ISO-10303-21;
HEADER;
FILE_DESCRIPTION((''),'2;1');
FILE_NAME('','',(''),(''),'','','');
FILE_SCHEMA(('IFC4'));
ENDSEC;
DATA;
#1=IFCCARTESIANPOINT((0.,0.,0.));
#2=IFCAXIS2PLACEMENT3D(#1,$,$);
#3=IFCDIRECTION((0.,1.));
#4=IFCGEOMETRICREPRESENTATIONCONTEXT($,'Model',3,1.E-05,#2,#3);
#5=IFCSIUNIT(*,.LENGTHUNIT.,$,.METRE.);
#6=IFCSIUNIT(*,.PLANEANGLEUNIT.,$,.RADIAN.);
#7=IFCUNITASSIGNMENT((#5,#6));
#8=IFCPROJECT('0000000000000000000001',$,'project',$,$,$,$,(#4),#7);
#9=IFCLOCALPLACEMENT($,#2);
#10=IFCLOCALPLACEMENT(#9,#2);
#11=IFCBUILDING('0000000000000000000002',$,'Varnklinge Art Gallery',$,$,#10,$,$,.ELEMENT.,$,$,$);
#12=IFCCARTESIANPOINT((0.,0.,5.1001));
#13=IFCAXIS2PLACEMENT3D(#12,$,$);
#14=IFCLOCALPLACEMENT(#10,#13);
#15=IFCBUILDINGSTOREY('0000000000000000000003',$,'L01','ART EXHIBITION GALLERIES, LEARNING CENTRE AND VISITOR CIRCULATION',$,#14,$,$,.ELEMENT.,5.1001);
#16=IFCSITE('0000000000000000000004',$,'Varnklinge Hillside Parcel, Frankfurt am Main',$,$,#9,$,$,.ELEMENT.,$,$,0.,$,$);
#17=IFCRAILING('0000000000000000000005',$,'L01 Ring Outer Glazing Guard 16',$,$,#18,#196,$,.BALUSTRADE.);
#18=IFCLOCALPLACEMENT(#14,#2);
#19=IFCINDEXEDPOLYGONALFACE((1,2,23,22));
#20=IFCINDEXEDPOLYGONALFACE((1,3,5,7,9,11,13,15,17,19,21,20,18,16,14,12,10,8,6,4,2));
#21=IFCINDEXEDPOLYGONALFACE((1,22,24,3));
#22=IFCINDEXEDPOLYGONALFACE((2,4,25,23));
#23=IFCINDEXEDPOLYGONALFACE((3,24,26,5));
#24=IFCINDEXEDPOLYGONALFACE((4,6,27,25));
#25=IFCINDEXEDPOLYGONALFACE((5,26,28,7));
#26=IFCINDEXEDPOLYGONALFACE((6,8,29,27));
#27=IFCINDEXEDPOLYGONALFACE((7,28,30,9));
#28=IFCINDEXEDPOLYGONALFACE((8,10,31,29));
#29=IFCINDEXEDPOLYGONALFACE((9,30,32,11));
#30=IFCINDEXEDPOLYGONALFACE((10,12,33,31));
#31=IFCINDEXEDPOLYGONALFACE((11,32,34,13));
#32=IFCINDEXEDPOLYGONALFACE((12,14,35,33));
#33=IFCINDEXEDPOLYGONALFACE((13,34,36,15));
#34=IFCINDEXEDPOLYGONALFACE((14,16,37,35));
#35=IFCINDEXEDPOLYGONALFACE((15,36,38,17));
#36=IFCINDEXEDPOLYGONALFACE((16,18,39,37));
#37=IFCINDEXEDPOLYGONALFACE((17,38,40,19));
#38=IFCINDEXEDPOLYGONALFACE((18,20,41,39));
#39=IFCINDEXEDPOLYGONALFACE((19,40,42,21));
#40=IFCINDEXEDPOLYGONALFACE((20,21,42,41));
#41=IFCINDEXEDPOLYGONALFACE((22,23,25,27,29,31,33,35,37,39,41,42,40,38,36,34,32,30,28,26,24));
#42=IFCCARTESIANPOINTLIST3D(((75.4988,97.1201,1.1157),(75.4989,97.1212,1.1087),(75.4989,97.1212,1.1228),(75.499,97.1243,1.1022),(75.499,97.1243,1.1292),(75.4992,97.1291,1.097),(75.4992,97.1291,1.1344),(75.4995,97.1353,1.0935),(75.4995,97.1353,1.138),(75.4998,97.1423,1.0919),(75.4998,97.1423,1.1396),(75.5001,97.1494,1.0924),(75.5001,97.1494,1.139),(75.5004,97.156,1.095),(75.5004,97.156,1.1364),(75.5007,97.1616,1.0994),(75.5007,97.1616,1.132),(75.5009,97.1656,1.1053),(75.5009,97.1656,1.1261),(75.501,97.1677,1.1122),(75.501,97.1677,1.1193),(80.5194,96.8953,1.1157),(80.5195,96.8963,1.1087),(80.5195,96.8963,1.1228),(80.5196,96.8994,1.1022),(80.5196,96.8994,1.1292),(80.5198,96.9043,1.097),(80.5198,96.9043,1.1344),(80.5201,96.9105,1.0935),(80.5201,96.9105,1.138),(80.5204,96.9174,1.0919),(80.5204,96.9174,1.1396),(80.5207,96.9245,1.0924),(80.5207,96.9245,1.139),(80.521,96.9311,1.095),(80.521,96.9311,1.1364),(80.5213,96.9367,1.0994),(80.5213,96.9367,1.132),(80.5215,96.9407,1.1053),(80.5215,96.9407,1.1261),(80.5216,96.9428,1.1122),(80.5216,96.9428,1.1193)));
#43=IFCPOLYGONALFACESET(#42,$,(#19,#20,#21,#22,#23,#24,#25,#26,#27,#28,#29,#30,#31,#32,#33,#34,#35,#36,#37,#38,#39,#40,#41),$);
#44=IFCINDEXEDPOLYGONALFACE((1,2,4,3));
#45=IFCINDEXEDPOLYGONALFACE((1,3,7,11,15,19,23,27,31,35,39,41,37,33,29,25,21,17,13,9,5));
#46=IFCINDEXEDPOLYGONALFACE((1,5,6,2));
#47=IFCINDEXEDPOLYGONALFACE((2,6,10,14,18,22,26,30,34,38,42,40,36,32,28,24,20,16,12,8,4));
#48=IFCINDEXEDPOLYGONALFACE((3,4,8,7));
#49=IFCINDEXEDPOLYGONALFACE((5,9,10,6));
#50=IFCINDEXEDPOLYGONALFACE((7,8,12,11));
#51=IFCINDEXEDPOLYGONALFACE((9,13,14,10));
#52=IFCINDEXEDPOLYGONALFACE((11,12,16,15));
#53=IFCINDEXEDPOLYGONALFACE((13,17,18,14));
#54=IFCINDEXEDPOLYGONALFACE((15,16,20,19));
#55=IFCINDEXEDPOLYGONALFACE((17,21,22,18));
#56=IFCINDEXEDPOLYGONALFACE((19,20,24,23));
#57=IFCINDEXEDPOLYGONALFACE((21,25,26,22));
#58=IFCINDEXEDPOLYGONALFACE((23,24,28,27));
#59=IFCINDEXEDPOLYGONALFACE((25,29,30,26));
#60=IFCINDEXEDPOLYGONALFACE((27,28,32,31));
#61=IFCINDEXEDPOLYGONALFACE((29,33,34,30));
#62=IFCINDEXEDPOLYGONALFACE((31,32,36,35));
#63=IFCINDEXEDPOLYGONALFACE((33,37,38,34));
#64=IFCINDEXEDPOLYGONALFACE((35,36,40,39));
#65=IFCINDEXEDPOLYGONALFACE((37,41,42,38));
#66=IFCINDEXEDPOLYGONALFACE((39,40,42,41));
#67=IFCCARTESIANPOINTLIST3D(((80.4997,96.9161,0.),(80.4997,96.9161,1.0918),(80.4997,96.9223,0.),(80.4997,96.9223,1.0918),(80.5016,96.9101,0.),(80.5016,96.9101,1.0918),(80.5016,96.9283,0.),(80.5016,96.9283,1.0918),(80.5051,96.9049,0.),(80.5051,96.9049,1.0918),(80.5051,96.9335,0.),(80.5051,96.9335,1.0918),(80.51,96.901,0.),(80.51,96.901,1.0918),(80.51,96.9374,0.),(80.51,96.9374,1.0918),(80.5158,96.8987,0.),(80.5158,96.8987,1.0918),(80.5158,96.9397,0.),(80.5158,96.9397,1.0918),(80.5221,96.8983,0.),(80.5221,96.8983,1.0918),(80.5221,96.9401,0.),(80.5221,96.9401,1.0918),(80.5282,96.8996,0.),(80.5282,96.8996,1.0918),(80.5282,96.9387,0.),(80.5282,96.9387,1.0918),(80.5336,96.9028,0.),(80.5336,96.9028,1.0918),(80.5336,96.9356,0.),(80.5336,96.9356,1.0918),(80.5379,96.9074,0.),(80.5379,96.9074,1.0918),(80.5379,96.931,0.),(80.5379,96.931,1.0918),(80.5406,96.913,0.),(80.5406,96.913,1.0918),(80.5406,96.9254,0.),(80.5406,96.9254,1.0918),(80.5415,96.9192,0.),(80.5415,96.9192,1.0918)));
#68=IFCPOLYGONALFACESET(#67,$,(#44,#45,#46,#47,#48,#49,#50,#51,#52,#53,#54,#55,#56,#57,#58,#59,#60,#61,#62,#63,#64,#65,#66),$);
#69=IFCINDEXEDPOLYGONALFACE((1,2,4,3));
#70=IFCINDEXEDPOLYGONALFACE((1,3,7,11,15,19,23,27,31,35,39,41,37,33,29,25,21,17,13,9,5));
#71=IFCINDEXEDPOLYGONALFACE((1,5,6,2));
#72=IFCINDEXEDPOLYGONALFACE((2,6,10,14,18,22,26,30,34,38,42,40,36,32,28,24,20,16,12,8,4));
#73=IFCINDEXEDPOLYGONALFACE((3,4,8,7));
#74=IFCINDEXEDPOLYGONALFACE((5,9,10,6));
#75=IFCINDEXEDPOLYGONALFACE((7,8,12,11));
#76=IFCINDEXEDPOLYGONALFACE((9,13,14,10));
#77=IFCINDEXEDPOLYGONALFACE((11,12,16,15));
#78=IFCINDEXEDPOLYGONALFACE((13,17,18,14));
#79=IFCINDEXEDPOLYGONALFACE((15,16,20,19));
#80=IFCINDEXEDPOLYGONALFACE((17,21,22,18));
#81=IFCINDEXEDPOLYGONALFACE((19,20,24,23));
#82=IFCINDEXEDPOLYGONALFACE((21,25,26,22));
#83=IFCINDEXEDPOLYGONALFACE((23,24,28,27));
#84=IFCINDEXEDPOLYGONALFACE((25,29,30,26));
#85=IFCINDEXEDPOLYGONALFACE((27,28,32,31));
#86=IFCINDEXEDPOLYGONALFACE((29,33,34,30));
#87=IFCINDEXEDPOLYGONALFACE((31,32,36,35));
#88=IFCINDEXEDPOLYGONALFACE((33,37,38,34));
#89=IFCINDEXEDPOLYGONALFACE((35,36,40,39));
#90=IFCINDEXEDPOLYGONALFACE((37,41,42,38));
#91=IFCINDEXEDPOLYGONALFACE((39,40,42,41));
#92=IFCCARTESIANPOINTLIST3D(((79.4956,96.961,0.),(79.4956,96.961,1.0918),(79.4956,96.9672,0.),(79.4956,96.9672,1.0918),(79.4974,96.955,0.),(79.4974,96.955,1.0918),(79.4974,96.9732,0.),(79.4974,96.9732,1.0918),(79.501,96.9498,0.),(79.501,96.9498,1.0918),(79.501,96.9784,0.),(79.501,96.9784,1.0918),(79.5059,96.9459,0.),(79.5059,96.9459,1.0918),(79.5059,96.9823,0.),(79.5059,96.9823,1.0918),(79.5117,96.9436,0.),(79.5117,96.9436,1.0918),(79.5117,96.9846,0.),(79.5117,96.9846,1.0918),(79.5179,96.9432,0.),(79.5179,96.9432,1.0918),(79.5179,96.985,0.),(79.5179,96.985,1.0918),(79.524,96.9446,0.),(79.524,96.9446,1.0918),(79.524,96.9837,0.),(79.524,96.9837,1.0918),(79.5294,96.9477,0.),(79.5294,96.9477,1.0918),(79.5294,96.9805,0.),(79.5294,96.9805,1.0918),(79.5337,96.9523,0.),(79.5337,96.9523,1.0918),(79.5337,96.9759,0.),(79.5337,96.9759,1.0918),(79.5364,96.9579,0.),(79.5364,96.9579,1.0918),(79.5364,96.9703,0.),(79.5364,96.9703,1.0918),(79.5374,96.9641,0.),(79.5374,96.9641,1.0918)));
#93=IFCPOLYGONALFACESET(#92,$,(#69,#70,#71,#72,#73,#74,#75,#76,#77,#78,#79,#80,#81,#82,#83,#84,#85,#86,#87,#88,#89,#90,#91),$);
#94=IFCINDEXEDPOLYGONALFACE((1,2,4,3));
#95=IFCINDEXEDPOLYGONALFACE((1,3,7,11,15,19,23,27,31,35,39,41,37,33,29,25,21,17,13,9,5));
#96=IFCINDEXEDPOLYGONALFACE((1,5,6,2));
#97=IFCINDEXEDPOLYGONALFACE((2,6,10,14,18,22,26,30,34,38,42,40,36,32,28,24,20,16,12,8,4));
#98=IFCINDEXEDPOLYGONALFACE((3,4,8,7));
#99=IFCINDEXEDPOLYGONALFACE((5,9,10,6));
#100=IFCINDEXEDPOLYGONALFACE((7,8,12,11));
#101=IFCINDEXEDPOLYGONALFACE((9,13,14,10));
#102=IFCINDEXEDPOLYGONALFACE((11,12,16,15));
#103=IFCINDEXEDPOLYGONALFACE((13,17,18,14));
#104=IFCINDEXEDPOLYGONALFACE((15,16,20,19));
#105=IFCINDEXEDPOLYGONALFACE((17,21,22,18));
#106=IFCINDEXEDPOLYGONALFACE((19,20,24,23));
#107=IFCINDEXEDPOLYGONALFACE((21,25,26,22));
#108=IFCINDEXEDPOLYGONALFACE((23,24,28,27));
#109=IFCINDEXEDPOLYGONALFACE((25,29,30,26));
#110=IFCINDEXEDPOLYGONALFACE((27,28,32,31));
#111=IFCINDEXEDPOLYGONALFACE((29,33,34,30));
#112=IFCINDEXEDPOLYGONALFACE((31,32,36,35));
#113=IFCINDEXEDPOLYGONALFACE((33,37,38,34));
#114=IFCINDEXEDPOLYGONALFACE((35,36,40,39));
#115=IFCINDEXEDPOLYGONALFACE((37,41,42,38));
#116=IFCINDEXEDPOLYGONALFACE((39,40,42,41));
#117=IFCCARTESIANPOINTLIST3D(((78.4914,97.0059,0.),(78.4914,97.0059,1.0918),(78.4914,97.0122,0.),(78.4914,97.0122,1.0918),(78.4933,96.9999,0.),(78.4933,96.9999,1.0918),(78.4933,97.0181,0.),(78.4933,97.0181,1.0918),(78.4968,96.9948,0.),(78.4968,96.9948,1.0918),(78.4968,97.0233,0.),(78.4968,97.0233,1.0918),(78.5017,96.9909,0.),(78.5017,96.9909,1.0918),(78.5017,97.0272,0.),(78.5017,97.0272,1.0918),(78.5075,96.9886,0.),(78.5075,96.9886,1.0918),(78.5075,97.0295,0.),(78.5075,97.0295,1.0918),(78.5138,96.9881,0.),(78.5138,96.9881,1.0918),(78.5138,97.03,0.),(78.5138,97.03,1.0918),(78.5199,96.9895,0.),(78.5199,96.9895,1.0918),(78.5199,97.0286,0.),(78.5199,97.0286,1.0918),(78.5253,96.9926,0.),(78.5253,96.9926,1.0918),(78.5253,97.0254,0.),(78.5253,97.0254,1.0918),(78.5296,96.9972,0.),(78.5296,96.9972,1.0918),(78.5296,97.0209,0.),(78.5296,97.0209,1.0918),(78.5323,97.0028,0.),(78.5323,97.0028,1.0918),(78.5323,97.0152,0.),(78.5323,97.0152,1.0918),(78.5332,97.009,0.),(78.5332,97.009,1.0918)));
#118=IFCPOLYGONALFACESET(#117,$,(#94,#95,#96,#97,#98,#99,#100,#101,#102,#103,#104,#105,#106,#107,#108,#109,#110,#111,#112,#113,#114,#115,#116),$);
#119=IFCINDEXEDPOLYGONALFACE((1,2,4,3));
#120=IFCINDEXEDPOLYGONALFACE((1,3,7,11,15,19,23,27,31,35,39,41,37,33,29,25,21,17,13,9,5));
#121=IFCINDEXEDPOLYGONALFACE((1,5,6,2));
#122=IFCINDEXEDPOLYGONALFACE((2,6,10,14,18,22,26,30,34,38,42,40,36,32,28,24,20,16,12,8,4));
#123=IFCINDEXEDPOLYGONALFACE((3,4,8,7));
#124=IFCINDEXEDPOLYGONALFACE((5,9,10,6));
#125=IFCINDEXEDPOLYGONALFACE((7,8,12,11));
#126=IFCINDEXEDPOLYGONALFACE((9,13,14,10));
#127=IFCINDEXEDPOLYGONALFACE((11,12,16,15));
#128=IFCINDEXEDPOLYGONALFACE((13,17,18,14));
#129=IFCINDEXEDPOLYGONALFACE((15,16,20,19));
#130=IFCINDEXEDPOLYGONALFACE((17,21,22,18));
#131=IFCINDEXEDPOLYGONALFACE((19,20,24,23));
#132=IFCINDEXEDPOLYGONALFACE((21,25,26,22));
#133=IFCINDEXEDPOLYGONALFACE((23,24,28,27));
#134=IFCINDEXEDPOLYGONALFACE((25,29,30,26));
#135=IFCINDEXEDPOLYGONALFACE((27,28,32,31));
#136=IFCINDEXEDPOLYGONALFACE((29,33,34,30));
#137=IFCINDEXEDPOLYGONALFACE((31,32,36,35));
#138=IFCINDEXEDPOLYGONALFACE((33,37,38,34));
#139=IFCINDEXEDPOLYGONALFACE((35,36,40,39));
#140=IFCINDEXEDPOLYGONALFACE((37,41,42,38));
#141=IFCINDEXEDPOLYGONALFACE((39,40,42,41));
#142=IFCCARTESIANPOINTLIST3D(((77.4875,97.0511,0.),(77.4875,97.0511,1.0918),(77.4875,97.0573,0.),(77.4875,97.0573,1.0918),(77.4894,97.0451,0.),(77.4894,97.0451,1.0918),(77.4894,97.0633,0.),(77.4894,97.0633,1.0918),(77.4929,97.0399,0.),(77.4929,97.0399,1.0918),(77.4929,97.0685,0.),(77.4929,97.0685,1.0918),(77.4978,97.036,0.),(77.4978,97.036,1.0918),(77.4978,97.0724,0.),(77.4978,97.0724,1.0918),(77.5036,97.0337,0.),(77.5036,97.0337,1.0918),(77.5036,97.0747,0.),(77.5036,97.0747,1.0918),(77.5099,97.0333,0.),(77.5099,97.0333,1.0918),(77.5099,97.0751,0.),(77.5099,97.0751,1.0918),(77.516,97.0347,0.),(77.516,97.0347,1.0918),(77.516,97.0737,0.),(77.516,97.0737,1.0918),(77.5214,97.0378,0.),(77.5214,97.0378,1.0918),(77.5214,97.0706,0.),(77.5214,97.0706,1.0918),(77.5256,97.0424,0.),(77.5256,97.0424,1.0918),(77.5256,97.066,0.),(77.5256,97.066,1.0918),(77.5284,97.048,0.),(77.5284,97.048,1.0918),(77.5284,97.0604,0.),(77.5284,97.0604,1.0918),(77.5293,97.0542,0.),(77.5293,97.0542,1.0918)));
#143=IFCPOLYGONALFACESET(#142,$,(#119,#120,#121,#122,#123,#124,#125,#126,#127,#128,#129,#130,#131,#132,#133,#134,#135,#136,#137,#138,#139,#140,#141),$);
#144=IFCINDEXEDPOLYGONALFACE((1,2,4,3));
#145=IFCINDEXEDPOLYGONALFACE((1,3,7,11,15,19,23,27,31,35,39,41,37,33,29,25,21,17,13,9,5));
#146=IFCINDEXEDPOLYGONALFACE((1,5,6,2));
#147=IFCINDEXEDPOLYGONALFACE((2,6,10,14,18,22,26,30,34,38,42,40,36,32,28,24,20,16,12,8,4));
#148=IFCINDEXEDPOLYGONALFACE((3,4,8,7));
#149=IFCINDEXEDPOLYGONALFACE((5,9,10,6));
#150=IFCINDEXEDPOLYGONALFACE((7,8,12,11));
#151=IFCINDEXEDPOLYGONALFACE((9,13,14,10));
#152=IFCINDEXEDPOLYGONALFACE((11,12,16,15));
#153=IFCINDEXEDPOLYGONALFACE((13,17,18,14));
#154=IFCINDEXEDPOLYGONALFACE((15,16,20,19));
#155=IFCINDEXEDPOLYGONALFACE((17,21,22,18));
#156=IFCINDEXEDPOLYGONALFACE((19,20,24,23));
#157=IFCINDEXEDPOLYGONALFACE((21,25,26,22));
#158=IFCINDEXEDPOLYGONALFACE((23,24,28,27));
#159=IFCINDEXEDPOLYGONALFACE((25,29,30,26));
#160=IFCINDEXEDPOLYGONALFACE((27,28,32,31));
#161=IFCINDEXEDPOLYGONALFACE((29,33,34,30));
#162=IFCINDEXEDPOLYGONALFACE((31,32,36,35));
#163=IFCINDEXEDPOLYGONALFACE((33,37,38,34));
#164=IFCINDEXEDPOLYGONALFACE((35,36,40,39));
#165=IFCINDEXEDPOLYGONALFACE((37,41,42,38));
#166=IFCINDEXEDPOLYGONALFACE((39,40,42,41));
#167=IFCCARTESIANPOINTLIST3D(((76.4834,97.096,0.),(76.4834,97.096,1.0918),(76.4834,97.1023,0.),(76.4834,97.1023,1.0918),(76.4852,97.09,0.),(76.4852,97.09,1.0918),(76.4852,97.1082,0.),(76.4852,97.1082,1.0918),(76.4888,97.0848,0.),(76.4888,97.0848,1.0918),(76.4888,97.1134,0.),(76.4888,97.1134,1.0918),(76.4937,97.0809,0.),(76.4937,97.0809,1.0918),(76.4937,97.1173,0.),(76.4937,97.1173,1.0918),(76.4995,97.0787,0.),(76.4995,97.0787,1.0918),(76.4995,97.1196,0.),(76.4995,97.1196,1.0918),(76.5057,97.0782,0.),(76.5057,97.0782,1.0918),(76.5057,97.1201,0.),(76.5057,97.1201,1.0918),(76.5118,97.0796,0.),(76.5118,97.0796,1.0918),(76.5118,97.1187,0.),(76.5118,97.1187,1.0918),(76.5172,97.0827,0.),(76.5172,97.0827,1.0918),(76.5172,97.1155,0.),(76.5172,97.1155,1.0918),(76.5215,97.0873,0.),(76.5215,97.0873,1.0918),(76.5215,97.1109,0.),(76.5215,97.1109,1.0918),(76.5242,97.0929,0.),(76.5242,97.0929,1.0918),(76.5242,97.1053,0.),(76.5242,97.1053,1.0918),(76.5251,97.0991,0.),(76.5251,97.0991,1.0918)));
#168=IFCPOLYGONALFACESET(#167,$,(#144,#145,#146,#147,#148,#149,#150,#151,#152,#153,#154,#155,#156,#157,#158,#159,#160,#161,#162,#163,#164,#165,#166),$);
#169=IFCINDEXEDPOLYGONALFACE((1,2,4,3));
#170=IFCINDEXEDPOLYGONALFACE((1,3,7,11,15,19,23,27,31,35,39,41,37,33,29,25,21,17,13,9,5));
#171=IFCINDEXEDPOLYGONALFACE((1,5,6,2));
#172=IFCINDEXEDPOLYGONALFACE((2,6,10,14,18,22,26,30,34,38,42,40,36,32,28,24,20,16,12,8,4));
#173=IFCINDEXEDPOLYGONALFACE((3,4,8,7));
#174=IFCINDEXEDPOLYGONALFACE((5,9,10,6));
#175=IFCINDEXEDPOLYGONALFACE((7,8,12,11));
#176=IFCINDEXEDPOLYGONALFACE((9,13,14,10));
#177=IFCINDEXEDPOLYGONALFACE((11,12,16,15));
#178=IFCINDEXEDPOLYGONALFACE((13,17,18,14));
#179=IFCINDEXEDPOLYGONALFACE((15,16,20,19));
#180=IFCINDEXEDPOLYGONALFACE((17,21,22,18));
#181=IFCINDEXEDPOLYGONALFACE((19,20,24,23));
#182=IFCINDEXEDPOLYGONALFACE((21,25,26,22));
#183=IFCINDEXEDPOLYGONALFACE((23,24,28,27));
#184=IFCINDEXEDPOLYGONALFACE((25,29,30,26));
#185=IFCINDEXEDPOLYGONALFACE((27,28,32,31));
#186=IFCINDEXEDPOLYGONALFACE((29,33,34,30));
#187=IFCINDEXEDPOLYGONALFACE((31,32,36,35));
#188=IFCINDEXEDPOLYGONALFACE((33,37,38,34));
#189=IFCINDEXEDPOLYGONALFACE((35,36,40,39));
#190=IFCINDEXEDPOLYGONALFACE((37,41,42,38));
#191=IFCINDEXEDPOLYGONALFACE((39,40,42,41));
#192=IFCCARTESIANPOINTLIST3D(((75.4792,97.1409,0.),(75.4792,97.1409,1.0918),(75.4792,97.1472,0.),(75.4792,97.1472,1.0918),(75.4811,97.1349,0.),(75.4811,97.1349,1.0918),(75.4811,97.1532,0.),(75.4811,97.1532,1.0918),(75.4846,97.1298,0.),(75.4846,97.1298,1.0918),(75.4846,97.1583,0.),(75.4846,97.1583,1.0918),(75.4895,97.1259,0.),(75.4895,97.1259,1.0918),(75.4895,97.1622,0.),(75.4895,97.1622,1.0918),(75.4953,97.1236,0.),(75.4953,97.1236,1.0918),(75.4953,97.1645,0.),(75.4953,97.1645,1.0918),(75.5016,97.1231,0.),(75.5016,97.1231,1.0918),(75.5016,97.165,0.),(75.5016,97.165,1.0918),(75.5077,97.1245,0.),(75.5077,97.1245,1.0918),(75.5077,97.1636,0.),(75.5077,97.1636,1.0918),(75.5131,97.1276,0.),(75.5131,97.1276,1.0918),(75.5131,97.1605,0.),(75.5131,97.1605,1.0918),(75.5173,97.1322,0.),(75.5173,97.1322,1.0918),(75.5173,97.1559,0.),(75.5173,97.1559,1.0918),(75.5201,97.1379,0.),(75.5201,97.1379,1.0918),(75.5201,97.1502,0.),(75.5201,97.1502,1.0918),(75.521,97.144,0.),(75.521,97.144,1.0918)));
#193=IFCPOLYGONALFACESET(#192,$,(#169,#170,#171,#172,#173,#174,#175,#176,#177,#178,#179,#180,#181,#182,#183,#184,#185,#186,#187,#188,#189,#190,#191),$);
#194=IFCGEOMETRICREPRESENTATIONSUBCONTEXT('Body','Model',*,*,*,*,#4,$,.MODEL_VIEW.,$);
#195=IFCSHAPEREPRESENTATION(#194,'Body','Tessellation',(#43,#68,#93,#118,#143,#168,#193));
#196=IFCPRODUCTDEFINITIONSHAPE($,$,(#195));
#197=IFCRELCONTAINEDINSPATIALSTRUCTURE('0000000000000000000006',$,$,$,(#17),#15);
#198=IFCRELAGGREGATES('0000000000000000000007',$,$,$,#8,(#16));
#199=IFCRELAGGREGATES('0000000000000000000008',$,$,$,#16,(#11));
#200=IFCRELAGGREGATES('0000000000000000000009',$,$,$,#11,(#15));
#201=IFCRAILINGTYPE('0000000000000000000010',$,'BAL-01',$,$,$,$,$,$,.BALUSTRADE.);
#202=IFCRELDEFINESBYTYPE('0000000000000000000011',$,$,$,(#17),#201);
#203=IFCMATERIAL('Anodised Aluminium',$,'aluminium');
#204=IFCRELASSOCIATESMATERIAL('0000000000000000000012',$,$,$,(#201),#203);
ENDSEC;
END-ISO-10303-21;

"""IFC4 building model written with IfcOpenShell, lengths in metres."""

from ifc_helpers import new_model, si_unit, direction, frame, origin, origin_2d, place, context, subcontext, project, spatial, circle, extrude, material, type_object, element, save


model = new_model("IFC4")

# Units and contexts
model_context = context("Model", 3, precision=1e-05, world=origin(), true_north=direction((0.0, 1.0)))
body_context = subcontext(model_context, "Body", "Model", "MODEL_VIEW")
ifc_project = project(units=[si_unit("LENGTHUNIT", "METRE"), si_unit("PLANEANGLEUNIT", "RADIAN")], contexts=[model_context])

# Site, building, storey
site_placement = place(None, origin())
site = spatial("IfcSite", under=ifc_project, at=site_placement, Name="Varnklinge Hillside Parcel, Frankfurt am Main", CompositionType="ELEMENT", RefElevation=0.0)
building_placement = place(site_placement, origin())
building = spatial("IfcBuilding", under=site, at=building_placement, Name="Varnklinge Art Gallery", CompositionType="ELEMENT")
storey_placement = place(building_placement, frame((0.0, 0.0, 5.1001)))
storey = spatial("IfcBuildingStorey", under=building, at=storey_placement, Name="L01", Description="ART EXHIBITION GALLERIES, LEARNING CENTRE AND VISITOR CIRCULATION", CompositionType="ELEMENT", Elevation=5.1001)

# Railing
ifc_material_1 = material(Name="Anodised Aluminium", Category="aluminium")
railing_type = type_object("IfcRailingType", Name="BAL-01", PredefinedType="BALUSTRADE", material=ifc_material_1)
railing_placement = place(storey_placement, frame((80.5205, 96.9192, 0.0)))
element("IfcRailing", 1, at=railing_placement, inside=storey, type_object=railing_type, Name="L01 Ring Outer Glazing Guard 16", PredefinedType="BALUSTRADE", context=body_context, shape_type="SweptSolid", body=[
    extrude(circle(Radius=0.0239, at=origin_2d()), frame((0.0, 0.0, 1.1157), z_axis=(-0.998999, 0.044742, 0.0), x_axis=(-0.044742, -0.998999, 0.0)), (0.0, 0.0, 1.0), 5.0256),
    extrude(circle(Radius=0.021, at=origin_2d()), origin(), (0.0, 0.0, 1.0), 1.0918),
    extrude(circle(Radius=0.021, at=origin_2d()), frame((-1.0042, 0.0449, 0.0)), (0.0, 0.0, 1.0), 1.0918),
    extrude(circle(Radius=0.021, at=origin_2d()), frame((-2.0083, 0.0898, 0.0)), (0.0, 0.0, 1.0), 1.0918),
    extrude(circle(Radius=0.021, at=origin_2d()), frame((-3.0122, 0.135, 0.0)), (0.0, 0.0, 1.0), 1.0918),
    extrude(circle(Radius=0.021, at=origin_2d()), frame((-4.0164, 0.1799, 0.0)), (0.0, 0.0, 1.0), 1.0918),
    extrude(circle(Radius=0.021, at=origin_2d()), frame((-5.0205, 0.2249, 0.0)), (0.0, 0.0, 1.0), 1.0918),
])

save(model, "model.ifc")
